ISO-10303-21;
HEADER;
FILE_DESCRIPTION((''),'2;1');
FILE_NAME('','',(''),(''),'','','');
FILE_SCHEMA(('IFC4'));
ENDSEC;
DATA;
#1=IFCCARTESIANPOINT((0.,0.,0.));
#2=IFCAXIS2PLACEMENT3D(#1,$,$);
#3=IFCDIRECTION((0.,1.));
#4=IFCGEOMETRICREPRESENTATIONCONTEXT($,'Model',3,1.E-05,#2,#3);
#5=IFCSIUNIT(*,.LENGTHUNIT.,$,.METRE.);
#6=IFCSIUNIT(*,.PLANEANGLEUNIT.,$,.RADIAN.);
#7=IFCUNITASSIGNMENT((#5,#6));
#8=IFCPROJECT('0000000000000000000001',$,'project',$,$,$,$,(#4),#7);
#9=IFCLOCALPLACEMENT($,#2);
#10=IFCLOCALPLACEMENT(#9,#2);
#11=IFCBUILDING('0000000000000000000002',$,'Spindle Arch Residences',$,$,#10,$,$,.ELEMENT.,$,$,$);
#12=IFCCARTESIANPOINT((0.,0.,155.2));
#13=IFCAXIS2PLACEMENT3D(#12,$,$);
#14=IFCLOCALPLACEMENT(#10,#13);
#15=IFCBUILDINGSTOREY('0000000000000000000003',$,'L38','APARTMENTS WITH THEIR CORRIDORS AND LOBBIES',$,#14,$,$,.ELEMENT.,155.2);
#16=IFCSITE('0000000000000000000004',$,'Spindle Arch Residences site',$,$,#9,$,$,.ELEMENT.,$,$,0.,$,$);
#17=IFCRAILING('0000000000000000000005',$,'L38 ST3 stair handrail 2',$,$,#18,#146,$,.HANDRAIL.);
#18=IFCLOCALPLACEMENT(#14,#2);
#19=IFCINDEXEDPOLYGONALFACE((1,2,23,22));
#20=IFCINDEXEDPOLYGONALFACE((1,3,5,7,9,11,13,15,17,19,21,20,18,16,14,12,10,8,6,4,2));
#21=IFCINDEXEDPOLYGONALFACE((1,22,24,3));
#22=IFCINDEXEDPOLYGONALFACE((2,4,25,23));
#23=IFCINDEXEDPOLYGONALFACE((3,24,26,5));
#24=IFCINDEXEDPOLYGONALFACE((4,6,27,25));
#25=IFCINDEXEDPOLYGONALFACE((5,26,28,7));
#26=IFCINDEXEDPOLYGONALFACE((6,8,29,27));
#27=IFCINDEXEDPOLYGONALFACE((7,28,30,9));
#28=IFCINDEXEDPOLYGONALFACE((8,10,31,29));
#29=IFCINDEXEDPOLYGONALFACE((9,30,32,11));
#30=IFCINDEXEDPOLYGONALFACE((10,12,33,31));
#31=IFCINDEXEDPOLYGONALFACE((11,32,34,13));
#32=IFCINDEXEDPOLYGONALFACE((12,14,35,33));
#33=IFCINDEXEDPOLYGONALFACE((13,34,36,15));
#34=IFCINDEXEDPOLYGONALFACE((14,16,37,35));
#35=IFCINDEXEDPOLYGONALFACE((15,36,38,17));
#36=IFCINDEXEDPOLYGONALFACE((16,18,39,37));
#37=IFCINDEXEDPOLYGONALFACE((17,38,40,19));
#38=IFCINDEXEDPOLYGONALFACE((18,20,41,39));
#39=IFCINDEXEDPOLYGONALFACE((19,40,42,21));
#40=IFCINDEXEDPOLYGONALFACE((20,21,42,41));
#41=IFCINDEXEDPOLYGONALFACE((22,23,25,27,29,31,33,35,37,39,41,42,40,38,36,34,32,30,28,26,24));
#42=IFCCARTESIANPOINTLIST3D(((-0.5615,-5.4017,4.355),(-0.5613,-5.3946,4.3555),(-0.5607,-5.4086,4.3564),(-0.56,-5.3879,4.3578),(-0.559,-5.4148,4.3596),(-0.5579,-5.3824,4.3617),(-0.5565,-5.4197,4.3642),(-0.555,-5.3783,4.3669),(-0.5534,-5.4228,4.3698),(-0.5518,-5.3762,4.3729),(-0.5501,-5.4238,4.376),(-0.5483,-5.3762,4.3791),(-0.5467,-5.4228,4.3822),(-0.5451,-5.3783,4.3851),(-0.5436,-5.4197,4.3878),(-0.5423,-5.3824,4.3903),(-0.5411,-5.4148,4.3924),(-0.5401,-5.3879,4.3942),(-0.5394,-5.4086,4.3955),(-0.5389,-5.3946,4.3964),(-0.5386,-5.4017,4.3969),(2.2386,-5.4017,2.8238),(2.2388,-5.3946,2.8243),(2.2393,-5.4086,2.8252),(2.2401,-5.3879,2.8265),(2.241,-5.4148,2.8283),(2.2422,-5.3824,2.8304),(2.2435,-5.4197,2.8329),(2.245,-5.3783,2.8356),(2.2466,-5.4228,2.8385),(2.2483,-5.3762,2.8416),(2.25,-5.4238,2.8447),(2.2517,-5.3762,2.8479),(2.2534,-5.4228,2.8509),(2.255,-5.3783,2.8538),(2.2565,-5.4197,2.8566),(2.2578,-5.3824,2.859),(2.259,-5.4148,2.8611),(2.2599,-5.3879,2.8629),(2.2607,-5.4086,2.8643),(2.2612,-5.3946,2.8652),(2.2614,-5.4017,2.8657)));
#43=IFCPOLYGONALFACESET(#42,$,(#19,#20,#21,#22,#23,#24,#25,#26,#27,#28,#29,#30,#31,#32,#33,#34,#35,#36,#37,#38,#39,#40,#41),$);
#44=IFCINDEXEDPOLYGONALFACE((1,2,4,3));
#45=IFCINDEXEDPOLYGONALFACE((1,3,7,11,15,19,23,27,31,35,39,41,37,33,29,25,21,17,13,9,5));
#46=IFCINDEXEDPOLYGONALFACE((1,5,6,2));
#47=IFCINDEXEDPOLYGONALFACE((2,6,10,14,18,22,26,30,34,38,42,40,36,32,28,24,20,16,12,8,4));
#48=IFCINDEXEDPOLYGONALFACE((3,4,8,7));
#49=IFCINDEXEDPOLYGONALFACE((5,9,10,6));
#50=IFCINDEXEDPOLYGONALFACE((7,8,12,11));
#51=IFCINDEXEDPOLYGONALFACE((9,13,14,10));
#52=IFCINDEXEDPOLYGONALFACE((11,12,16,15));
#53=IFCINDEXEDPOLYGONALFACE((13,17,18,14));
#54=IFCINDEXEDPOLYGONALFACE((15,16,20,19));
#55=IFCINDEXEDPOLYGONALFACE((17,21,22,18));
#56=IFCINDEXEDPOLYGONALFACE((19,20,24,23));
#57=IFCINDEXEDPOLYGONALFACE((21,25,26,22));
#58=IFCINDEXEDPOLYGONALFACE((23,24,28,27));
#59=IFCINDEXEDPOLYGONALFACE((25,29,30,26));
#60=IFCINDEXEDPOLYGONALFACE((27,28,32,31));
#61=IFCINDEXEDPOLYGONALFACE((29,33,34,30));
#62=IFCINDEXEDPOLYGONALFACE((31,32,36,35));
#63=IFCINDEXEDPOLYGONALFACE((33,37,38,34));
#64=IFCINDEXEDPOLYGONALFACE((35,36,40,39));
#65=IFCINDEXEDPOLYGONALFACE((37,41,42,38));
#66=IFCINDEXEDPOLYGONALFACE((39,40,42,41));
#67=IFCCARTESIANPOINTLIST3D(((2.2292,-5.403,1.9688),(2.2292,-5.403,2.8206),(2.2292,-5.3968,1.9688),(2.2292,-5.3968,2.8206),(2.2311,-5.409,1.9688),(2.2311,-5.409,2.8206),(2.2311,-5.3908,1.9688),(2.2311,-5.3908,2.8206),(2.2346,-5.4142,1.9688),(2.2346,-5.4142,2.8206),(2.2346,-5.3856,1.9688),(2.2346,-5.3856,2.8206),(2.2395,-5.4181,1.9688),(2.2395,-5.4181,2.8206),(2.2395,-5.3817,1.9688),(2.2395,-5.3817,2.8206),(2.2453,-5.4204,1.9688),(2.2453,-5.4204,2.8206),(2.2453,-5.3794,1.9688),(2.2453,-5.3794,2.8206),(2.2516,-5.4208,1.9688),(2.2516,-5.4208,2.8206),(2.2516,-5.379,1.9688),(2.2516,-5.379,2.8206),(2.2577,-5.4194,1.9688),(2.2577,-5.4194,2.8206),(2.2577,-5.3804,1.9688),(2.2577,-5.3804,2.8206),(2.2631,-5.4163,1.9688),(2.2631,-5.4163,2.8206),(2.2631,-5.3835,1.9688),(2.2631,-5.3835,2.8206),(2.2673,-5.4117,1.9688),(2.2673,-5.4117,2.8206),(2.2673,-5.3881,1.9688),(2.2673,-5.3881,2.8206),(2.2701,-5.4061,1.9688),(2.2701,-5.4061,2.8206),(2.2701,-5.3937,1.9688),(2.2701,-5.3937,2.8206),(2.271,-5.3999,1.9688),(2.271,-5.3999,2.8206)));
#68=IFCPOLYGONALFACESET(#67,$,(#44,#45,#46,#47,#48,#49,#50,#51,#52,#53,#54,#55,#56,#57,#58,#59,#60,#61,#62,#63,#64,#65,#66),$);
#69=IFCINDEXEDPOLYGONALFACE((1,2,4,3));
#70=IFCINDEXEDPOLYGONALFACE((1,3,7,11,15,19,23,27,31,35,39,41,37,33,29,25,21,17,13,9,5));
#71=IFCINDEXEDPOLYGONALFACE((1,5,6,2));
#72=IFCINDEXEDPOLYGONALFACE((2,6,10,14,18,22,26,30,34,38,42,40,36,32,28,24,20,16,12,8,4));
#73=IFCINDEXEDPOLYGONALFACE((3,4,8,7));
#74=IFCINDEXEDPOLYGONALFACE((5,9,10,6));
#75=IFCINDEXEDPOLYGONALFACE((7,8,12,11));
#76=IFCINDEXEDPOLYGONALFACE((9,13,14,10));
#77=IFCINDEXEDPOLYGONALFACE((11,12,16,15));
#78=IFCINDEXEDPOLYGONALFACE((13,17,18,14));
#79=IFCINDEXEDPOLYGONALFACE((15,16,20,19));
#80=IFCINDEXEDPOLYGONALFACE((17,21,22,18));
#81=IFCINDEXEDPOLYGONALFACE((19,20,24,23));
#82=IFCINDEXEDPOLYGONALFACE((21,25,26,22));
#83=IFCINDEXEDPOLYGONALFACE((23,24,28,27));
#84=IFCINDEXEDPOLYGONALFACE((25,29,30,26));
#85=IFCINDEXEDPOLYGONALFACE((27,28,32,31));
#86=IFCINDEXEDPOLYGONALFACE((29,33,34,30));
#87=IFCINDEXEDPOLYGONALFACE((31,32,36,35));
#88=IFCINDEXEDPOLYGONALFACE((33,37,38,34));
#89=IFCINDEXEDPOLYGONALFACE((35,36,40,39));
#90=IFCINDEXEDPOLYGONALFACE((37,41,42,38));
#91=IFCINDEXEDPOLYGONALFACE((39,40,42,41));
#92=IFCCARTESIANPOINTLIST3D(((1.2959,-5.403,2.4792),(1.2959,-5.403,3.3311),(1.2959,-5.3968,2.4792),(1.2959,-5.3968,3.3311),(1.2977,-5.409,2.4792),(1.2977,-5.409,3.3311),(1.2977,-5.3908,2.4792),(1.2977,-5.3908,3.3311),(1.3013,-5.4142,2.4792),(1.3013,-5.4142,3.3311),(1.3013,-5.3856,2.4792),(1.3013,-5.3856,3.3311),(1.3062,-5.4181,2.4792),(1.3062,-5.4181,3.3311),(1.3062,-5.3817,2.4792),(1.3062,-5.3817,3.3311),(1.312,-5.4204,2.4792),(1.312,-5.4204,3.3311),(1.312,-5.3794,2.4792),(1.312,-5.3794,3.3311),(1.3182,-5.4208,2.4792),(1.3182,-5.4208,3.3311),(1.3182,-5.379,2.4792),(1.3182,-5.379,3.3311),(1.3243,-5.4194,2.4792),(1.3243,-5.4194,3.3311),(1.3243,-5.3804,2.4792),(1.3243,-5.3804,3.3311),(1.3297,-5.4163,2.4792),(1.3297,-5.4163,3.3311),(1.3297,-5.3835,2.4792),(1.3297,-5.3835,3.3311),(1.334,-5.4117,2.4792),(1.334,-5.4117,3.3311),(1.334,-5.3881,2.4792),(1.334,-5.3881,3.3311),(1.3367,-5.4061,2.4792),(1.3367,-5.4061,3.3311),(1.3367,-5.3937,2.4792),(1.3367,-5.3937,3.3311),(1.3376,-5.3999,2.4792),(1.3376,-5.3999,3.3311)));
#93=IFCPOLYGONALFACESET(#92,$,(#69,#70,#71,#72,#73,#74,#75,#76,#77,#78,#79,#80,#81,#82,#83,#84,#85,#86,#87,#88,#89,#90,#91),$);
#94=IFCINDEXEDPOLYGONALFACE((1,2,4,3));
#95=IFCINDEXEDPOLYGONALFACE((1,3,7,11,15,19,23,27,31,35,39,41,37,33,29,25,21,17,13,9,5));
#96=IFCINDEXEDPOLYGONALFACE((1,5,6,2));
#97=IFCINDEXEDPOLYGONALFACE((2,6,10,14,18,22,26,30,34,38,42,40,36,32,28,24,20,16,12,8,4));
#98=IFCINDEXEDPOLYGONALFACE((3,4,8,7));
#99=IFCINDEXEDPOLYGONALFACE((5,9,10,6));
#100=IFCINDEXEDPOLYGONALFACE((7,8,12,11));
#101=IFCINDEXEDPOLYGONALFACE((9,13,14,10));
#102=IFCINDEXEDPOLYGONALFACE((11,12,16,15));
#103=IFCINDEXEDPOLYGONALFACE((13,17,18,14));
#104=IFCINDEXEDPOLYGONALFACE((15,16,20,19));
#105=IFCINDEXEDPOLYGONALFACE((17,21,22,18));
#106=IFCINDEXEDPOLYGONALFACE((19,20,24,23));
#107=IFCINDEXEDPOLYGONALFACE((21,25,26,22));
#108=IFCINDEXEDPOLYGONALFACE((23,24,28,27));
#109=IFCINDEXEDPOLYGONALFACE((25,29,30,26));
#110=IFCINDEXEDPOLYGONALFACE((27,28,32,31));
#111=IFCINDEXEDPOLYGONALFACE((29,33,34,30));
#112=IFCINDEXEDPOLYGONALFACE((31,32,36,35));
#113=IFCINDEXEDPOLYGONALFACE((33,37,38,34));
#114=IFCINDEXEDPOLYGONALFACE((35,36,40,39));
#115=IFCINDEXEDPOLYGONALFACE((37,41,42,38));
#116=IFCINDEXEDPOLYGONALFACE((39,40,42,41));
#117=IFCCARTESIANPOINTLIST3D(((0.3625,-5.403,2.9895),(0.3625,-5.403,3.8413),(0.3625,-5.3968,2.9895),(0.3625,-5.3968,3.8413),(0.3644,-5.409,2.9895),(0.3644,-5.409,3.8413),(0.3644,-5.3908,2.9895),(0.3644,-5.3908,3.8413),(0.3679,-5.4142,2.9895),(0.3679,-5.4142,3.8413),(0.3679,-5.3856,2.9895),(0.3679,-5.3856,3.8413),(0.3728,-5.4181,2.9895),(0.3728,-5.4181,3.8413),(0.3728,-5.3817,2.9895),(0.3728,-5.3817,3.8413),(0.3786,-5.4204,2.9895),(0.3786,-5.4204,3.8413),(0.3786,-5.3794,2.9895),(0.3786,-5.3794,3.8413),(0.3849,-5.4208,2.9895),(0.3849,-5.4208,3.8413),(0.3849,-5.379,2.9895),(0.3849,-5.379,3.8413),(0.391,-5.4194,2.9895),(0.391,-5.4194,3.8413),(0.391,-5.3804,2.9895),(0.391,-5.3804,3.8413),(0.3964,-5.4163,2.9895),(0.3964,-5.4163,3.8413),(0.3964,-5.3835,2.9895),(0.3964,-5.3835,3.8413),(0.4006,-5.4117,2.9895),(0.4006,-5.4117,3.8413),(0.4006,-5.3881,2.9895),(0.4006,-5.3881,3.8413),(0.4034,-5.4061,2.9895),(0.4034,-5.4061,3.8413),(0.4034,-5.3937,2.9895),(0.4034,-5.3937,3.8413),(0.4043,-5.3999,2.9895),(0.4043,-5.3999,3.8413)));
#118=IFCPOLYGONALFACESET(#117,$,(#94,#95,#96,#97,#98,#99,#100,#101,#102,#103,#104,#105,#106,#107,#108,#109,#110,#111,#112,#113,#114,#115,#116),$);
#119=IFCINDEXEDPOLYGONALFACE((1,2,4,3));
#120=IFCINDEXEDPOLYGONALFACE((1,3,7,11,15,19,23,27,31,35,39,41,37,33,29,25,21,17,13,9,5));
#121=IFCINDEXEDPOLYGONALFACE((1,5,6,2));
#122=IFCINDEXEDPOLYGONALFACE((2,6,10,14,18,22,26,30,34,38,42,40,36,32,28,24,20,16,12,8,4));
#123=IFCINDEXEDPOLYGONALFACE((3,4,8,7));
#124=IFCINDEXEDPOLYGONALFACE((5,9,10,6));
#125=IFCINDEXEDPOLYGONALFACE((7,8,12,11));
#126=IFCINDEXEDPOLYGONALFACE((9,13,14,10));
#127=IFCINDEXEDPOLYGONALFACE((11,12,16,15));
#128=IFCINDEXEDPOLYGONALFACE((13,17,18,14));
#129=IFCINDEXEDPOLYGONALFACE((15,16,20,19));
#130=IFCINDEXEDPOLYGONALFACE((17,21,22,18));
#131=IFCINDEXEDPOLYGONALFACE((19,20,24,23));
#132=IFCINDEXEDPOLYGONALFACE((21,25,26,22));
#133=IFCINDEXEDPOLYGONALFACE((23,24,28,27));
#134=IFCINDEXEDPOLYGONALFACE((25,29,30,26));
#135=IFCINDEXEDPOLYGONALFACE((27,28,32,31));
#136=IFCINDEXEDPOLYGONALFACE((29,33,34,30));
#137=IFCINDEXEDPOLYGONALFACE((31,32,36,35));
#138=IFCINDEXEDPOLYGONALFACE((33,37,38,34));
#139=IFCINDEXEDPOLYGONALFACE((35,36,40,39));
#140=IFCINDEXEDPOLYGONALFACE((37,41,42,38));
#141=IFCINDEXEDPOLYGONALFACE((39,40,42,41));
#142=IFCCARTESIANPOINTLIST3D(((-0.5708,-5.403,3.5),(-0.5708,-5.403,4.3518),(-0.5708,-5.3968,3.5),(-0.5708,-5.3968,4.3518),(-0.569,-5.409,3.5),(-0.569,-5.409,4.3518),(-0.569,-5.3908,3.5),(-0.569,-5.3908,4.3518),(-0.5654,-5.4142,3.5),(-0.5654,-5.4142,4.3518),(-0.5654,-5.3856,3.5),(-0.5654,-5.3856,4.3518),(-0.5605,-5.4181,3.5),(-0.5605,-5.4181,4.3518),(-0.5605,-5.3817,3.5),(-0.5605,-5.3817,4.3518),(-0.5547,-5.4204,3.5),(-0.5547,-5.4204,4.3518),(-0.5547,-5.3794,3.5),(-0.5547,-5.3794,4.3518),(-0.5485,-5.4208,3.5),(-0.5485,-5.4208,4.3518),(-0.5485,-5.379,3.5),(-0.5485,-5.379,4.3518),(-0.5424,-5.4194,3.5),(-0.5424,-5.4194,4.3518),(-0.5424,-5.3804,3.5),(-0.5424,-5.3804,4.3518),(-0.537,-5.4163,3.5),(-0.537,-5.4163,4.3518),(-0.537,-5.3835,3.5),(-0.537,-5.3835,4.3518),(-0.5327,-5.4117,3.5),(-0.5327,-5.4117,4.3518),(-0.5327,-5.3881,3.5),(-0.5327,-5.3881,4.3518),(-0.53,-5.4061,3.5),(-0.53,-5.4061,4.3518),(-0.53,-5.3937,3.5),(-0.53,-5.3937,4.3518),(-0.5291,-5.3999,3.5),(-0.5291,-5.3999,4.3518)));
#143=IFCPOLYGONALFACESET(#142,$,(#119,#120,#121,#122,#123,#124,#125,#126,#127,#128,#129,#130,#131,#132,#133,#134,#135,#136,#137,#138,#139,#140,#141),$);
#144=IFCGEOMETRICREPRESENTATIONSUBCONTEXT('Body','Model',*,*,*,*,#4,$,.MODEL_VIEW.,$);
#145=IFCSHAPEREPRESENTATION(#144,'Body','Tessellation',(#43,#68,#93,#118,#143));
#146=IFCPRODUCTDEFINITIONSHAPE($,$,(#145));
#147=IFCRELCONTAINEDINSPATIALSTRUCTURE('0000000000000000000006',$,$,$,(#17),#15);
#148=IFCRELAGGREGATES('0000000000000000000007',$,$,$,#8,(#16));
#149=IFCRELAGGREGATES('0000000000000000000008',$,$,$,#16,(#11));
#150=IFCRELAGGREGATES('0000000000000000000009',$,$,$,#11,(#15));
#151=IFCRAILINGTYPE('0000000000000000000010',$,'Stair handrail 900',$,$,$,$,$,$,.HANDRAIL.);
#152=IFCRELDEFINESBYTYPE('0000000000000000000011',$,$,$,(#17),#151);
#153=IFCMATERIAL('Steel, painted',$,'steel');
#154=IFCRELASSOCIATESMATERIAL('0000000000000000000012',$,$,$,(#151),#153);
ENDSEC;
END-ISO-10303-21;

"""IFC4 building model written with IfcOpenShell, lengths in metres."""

from ifc_helpers import new_model, si_unit, direction, frame, origin, origin_2d, place, context, subcontext, project, spatial, circle, extrude, material, type_object, element, save


model = new_model("IFC4")

# Units and contexts
model_context = context("Model", 3, precision=1e-05, world=origin(), true_north=direction((0.0, 1.0)))
body_context = subcontext(model_context, "Body", "Model", "MODEL_VIEW")
ifc_project = project(units=[si_unit("LENGTHUNIT", "METRE"), si_unit("PLANEANGLEUNIT", "RADIAN")], contexts=[model_context])

# Site, building, storey
site_placement = place(None, origin())
site = spatial("IfcSite", under=ifc_project, at=site_placement, Name="Spindle Arch Residences site", CompositionType="ELEMENT", RefElevation=0.0)
building_placement = place(site_placement, origin())
building = spatial("IfcBuilding", under=site, at=building_placement, Name="Spindle Arch Residences", CompositionType="ELEMENT")
storey_placement = place(building_placement, frame((0.0, 0.0, 155.2)))
storey = spatial("IfcBuildingStorey", under=building, at=storey_placement, Name="L38", Description="APARTMENTS WITH THEIR CORRIDORS AND LOBBIES", CompositionType="ELEMENT", Elevation=155.2)

# Railing
ifc_material_1 = material(Name="Steel, painted", Category="steel")
railing_type_1 = type_object("IfcRailingType", Name="Stair handrail 900", PredefinedType="HANDRAIL", material=ifc_material_1)
railing_1_placement = place(storey_placement, frame((2.25, -5.3999, 1.9688)))
element("IfcRailing", 1, at=railing_1_placement, inside=storey, type_object=railing_type_1, Name="L38 ST3 stair handrail 2", PredefinedType="HANDRAIL", context=body_context, shape_type="SweptSolid", body=[
    extrude(circle(Radius=0.0239, at=origin_2d()), frame((0.0, 0.0, 0.876), z_axis=(-0.877375, 0.0, 0.479806), x_axis=(0.0, -1.0, 0.0)), (0.0, 0.0, 1.0), 3.1914),
    extrude(circle(Radius=0.021, at=origin_2d()), origin(), (0.0, 0.0, 1.0), 0.8518),
    extrude(circle(Radius=0.021, at=origin_2d()), frame((-0.9333, 0.0, 0.5105)), (0.0, 0.0, 1.0), 0.8518),
    extrude(circle(Radius=0.021, at=origin_2d()), frame((-1.8667, 0.0, 1.0208)), (0.0, 0.0, 1.0), 0.8518),
    extrude(circle(Radius=0.021, at=origin_2d()), frame((-2.8, 0.0, 1.5312)), (0.0, 0.0, 1.0), 0.8518),
])

save(model, "model.ifc")
